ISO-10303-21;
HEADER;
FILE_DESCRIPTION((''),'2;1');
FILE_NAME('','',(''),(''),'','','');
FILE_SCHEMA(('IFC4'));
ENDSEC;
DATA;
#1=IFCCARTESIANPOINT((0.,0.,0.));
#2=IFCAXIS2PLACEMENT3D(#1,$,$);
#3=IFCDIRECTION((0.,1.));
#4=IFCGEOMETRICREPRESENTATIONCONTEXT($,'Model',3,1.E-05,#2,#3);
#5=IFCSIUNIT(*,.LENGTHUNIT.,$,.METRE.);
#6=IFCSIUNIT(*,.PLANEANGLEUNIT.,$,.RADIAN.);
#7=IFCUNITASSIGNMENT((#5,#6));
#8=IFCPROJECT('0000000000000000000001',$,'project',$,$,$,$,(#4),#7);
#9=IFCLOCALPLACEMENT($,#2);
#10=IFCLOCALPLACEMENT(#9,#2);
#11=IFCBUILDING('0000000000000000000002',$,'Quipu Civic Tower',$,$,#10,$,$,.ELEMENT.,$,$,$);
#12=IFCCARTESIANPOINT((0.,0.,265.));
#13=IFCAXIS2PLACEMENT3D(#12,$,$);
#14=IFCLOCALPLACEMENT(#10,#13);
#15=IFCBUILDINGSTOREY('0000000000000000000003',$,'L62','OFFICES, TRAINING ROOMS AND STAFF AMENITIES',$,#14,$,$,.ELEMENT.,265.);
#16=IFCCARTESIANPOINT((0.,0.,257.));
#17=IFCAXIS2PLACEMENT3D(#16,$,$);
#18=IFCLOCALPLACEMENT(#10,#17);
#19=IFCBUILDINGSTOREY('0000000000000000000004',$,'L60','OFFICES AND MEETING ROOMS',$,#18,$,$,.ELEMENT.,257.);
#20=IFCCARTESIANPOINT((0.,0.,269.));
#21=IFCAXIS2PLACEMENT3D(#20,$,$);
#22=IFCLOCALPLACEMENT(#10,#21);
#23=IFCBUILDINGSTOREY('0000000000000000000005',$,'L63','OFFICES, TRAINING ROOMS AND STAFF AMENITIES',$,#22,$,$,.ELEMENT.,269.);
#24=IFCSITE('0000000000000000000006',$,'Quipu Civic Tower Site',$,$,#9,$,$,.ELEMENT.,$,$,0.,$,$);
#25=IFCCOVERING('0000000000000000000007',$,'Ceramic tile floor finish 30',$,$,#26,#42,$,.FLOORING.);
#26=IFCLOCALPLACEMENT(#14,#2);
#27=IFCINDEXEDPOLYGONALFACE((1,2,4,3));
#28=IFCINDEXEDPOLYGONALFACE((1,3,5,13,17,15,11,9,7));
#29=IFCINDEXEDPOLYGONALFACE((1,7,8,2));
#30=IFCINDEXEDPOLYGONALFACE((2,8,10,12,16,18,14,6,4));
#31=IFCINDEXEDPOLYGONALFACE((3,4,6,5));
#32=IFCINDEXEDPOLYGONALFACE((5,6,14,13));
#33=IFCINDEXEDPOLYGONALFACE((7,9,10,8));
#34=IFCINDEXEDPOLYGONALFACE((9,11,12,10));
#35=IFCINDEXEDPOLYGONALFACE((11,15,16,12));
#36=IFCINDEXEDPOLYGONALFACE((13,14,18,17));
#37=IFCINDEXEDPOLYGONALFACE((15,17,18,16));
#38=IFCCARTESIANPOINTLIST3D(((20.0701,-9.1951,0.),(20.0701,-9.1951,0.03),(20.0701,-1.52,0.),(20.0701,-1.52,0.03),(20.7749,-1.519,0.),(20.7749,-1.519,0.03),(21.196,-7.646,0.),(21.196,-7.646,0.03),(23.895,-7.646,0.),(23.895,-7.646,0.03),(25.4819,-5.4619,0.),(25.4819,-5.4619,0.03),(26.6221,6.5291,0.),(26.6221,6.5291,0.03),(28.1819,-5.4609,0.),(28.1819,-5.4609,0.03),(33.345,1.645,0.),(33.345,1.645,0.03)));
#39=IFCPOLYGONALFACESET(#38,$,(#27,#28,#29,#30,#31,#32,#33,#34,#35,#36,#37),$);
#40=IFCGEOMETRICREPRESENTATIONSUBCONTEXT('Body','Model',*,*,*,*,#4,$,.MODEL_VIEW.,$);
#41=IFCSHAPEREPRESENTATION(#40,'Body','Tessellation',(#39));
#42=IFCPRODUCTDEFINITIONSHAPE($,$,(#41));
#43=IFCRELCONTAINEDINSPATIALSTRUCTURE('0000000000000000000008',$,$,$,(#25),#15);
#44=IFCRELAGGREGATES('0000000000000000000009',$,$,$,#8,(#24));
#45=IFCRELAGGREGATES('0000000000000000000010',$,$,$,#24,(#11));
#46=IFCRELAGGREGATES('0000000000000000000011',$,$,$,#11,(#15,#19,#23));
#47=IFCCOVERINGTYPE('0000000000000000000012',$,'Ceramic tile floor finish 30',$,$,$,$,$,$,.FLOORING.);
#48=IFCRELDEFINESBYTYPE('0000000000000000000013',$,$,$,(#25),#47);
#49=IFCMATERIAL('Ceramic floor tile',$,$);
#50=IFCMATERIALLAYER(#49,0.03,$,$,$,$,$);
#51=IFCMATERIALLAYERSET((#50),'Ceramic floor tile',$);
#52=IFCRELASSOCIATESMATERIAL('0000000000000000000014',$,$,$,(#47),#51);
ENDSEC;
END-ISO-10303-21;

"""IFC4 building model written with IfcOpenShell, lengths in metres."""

from ifc_helpers import new_model, si_unit, direction, frame, origin, place, context, subcontext, project, spatial, polyline, outline, extrude, material, layer, layer_set, type_object, element, save


model = new_model("IFC4")

# Units and contexts
model_context = context("Model", 3, precision=1e-05, world=origin(), true_north=direction((0.0, 1.0)))
body_context = subcontext(model_context, "Body", "Model", "MODEL_VIEW")
ifc_project = project(units=[si_unit("LENGTHUNIT", "METRE"), si_unit("PLANEANGLEUNIT", "RADIAN")], contexts=[model_context])

# Site, building, storey
site_placement = place(None, origin())
site = spatial("IfcSite", under=ifc_project, at=site_placement, Name="Quipu Civic Tower Site", CompositionType="ELEMENT", RefElevation=0.0)
building_placement = place(site_placement, origin())
building = spatial("IfcBuilding", under=site, at=building_placement, Name="Quipu Civic Tower", CompositionType="ELEMENT")
storey_1_placement = place(building_placement, frame((0.0, 0.0, 265.0)))
storey_1 = spatial("IfcBuildingStorey", under=building, at=storey_1_placement, Name="L62", Description="OFFICES, TRAINING ROOMS AND STAFF AMENITIES", CompositionType="ELEMENT", Elevation=265.0)

# Shared definitions
storey_2_placement = place(building_placement, frame((0.0, 0.0, 257.0)))
storey_2 = spatial("IfcBuildingStorey", under=building, at=storey_2_placement, Name="L60", Description="OFFICES AND MEETING ROOMS", CompositionType="ELEMENT", Elevation=257.0)

# Shared definitions
storey_3_placement = place(building_placement, frame((0.0, 0.0, 269.0)))
storey_3 = spatial("IfcBuildingStorey", under=building, at=storey_3_placement, Name="L63", Description="OFFICES, TRAINING ROOMS AND STAFF AMENITIES", CompositionType="ELEMENT", Elevation=269.0)

# Covering
ifc_material_1 = material(Name="Ceramic floor tile")
ifc_layer_1 = layer(ifc_material_1, 0.03)
ifc_layer_set_1 = layer_set([ifc_layer_1], Name="Ceramic floor tile")
covering_type_1 = type_object("IfcCoveringType", Name="Ceramic tile floor finish 30", PredefinedType="FLOORING", material=ifc_layer_set_1)
covering_1_placement = place(storey_1_placement, origin())
element("IfcCovering", 1, at=covering_1_placement, inside=storey_1, type_object=covering_type_1, Name="Ceramic tile floor finish 30", PredefinedType="FLOORING", context=body_context, shape_type="SweptSolid", body=[
    extrude(outline(polyline([(20.0701, -9.1951), (20.0701, -1.52), (20.7749, -1.519), (26.6221, 6.5291), (33.345, 1.645), (28.1819, -5.4609), (25.4819, -5.4619), (23.895, -7.646), (21.196, -7.646), (20.0701, -9.1951)])), origin(), (0.0, 0.0, 1.0), 0.03),
])

save(model, "model.ifc")
